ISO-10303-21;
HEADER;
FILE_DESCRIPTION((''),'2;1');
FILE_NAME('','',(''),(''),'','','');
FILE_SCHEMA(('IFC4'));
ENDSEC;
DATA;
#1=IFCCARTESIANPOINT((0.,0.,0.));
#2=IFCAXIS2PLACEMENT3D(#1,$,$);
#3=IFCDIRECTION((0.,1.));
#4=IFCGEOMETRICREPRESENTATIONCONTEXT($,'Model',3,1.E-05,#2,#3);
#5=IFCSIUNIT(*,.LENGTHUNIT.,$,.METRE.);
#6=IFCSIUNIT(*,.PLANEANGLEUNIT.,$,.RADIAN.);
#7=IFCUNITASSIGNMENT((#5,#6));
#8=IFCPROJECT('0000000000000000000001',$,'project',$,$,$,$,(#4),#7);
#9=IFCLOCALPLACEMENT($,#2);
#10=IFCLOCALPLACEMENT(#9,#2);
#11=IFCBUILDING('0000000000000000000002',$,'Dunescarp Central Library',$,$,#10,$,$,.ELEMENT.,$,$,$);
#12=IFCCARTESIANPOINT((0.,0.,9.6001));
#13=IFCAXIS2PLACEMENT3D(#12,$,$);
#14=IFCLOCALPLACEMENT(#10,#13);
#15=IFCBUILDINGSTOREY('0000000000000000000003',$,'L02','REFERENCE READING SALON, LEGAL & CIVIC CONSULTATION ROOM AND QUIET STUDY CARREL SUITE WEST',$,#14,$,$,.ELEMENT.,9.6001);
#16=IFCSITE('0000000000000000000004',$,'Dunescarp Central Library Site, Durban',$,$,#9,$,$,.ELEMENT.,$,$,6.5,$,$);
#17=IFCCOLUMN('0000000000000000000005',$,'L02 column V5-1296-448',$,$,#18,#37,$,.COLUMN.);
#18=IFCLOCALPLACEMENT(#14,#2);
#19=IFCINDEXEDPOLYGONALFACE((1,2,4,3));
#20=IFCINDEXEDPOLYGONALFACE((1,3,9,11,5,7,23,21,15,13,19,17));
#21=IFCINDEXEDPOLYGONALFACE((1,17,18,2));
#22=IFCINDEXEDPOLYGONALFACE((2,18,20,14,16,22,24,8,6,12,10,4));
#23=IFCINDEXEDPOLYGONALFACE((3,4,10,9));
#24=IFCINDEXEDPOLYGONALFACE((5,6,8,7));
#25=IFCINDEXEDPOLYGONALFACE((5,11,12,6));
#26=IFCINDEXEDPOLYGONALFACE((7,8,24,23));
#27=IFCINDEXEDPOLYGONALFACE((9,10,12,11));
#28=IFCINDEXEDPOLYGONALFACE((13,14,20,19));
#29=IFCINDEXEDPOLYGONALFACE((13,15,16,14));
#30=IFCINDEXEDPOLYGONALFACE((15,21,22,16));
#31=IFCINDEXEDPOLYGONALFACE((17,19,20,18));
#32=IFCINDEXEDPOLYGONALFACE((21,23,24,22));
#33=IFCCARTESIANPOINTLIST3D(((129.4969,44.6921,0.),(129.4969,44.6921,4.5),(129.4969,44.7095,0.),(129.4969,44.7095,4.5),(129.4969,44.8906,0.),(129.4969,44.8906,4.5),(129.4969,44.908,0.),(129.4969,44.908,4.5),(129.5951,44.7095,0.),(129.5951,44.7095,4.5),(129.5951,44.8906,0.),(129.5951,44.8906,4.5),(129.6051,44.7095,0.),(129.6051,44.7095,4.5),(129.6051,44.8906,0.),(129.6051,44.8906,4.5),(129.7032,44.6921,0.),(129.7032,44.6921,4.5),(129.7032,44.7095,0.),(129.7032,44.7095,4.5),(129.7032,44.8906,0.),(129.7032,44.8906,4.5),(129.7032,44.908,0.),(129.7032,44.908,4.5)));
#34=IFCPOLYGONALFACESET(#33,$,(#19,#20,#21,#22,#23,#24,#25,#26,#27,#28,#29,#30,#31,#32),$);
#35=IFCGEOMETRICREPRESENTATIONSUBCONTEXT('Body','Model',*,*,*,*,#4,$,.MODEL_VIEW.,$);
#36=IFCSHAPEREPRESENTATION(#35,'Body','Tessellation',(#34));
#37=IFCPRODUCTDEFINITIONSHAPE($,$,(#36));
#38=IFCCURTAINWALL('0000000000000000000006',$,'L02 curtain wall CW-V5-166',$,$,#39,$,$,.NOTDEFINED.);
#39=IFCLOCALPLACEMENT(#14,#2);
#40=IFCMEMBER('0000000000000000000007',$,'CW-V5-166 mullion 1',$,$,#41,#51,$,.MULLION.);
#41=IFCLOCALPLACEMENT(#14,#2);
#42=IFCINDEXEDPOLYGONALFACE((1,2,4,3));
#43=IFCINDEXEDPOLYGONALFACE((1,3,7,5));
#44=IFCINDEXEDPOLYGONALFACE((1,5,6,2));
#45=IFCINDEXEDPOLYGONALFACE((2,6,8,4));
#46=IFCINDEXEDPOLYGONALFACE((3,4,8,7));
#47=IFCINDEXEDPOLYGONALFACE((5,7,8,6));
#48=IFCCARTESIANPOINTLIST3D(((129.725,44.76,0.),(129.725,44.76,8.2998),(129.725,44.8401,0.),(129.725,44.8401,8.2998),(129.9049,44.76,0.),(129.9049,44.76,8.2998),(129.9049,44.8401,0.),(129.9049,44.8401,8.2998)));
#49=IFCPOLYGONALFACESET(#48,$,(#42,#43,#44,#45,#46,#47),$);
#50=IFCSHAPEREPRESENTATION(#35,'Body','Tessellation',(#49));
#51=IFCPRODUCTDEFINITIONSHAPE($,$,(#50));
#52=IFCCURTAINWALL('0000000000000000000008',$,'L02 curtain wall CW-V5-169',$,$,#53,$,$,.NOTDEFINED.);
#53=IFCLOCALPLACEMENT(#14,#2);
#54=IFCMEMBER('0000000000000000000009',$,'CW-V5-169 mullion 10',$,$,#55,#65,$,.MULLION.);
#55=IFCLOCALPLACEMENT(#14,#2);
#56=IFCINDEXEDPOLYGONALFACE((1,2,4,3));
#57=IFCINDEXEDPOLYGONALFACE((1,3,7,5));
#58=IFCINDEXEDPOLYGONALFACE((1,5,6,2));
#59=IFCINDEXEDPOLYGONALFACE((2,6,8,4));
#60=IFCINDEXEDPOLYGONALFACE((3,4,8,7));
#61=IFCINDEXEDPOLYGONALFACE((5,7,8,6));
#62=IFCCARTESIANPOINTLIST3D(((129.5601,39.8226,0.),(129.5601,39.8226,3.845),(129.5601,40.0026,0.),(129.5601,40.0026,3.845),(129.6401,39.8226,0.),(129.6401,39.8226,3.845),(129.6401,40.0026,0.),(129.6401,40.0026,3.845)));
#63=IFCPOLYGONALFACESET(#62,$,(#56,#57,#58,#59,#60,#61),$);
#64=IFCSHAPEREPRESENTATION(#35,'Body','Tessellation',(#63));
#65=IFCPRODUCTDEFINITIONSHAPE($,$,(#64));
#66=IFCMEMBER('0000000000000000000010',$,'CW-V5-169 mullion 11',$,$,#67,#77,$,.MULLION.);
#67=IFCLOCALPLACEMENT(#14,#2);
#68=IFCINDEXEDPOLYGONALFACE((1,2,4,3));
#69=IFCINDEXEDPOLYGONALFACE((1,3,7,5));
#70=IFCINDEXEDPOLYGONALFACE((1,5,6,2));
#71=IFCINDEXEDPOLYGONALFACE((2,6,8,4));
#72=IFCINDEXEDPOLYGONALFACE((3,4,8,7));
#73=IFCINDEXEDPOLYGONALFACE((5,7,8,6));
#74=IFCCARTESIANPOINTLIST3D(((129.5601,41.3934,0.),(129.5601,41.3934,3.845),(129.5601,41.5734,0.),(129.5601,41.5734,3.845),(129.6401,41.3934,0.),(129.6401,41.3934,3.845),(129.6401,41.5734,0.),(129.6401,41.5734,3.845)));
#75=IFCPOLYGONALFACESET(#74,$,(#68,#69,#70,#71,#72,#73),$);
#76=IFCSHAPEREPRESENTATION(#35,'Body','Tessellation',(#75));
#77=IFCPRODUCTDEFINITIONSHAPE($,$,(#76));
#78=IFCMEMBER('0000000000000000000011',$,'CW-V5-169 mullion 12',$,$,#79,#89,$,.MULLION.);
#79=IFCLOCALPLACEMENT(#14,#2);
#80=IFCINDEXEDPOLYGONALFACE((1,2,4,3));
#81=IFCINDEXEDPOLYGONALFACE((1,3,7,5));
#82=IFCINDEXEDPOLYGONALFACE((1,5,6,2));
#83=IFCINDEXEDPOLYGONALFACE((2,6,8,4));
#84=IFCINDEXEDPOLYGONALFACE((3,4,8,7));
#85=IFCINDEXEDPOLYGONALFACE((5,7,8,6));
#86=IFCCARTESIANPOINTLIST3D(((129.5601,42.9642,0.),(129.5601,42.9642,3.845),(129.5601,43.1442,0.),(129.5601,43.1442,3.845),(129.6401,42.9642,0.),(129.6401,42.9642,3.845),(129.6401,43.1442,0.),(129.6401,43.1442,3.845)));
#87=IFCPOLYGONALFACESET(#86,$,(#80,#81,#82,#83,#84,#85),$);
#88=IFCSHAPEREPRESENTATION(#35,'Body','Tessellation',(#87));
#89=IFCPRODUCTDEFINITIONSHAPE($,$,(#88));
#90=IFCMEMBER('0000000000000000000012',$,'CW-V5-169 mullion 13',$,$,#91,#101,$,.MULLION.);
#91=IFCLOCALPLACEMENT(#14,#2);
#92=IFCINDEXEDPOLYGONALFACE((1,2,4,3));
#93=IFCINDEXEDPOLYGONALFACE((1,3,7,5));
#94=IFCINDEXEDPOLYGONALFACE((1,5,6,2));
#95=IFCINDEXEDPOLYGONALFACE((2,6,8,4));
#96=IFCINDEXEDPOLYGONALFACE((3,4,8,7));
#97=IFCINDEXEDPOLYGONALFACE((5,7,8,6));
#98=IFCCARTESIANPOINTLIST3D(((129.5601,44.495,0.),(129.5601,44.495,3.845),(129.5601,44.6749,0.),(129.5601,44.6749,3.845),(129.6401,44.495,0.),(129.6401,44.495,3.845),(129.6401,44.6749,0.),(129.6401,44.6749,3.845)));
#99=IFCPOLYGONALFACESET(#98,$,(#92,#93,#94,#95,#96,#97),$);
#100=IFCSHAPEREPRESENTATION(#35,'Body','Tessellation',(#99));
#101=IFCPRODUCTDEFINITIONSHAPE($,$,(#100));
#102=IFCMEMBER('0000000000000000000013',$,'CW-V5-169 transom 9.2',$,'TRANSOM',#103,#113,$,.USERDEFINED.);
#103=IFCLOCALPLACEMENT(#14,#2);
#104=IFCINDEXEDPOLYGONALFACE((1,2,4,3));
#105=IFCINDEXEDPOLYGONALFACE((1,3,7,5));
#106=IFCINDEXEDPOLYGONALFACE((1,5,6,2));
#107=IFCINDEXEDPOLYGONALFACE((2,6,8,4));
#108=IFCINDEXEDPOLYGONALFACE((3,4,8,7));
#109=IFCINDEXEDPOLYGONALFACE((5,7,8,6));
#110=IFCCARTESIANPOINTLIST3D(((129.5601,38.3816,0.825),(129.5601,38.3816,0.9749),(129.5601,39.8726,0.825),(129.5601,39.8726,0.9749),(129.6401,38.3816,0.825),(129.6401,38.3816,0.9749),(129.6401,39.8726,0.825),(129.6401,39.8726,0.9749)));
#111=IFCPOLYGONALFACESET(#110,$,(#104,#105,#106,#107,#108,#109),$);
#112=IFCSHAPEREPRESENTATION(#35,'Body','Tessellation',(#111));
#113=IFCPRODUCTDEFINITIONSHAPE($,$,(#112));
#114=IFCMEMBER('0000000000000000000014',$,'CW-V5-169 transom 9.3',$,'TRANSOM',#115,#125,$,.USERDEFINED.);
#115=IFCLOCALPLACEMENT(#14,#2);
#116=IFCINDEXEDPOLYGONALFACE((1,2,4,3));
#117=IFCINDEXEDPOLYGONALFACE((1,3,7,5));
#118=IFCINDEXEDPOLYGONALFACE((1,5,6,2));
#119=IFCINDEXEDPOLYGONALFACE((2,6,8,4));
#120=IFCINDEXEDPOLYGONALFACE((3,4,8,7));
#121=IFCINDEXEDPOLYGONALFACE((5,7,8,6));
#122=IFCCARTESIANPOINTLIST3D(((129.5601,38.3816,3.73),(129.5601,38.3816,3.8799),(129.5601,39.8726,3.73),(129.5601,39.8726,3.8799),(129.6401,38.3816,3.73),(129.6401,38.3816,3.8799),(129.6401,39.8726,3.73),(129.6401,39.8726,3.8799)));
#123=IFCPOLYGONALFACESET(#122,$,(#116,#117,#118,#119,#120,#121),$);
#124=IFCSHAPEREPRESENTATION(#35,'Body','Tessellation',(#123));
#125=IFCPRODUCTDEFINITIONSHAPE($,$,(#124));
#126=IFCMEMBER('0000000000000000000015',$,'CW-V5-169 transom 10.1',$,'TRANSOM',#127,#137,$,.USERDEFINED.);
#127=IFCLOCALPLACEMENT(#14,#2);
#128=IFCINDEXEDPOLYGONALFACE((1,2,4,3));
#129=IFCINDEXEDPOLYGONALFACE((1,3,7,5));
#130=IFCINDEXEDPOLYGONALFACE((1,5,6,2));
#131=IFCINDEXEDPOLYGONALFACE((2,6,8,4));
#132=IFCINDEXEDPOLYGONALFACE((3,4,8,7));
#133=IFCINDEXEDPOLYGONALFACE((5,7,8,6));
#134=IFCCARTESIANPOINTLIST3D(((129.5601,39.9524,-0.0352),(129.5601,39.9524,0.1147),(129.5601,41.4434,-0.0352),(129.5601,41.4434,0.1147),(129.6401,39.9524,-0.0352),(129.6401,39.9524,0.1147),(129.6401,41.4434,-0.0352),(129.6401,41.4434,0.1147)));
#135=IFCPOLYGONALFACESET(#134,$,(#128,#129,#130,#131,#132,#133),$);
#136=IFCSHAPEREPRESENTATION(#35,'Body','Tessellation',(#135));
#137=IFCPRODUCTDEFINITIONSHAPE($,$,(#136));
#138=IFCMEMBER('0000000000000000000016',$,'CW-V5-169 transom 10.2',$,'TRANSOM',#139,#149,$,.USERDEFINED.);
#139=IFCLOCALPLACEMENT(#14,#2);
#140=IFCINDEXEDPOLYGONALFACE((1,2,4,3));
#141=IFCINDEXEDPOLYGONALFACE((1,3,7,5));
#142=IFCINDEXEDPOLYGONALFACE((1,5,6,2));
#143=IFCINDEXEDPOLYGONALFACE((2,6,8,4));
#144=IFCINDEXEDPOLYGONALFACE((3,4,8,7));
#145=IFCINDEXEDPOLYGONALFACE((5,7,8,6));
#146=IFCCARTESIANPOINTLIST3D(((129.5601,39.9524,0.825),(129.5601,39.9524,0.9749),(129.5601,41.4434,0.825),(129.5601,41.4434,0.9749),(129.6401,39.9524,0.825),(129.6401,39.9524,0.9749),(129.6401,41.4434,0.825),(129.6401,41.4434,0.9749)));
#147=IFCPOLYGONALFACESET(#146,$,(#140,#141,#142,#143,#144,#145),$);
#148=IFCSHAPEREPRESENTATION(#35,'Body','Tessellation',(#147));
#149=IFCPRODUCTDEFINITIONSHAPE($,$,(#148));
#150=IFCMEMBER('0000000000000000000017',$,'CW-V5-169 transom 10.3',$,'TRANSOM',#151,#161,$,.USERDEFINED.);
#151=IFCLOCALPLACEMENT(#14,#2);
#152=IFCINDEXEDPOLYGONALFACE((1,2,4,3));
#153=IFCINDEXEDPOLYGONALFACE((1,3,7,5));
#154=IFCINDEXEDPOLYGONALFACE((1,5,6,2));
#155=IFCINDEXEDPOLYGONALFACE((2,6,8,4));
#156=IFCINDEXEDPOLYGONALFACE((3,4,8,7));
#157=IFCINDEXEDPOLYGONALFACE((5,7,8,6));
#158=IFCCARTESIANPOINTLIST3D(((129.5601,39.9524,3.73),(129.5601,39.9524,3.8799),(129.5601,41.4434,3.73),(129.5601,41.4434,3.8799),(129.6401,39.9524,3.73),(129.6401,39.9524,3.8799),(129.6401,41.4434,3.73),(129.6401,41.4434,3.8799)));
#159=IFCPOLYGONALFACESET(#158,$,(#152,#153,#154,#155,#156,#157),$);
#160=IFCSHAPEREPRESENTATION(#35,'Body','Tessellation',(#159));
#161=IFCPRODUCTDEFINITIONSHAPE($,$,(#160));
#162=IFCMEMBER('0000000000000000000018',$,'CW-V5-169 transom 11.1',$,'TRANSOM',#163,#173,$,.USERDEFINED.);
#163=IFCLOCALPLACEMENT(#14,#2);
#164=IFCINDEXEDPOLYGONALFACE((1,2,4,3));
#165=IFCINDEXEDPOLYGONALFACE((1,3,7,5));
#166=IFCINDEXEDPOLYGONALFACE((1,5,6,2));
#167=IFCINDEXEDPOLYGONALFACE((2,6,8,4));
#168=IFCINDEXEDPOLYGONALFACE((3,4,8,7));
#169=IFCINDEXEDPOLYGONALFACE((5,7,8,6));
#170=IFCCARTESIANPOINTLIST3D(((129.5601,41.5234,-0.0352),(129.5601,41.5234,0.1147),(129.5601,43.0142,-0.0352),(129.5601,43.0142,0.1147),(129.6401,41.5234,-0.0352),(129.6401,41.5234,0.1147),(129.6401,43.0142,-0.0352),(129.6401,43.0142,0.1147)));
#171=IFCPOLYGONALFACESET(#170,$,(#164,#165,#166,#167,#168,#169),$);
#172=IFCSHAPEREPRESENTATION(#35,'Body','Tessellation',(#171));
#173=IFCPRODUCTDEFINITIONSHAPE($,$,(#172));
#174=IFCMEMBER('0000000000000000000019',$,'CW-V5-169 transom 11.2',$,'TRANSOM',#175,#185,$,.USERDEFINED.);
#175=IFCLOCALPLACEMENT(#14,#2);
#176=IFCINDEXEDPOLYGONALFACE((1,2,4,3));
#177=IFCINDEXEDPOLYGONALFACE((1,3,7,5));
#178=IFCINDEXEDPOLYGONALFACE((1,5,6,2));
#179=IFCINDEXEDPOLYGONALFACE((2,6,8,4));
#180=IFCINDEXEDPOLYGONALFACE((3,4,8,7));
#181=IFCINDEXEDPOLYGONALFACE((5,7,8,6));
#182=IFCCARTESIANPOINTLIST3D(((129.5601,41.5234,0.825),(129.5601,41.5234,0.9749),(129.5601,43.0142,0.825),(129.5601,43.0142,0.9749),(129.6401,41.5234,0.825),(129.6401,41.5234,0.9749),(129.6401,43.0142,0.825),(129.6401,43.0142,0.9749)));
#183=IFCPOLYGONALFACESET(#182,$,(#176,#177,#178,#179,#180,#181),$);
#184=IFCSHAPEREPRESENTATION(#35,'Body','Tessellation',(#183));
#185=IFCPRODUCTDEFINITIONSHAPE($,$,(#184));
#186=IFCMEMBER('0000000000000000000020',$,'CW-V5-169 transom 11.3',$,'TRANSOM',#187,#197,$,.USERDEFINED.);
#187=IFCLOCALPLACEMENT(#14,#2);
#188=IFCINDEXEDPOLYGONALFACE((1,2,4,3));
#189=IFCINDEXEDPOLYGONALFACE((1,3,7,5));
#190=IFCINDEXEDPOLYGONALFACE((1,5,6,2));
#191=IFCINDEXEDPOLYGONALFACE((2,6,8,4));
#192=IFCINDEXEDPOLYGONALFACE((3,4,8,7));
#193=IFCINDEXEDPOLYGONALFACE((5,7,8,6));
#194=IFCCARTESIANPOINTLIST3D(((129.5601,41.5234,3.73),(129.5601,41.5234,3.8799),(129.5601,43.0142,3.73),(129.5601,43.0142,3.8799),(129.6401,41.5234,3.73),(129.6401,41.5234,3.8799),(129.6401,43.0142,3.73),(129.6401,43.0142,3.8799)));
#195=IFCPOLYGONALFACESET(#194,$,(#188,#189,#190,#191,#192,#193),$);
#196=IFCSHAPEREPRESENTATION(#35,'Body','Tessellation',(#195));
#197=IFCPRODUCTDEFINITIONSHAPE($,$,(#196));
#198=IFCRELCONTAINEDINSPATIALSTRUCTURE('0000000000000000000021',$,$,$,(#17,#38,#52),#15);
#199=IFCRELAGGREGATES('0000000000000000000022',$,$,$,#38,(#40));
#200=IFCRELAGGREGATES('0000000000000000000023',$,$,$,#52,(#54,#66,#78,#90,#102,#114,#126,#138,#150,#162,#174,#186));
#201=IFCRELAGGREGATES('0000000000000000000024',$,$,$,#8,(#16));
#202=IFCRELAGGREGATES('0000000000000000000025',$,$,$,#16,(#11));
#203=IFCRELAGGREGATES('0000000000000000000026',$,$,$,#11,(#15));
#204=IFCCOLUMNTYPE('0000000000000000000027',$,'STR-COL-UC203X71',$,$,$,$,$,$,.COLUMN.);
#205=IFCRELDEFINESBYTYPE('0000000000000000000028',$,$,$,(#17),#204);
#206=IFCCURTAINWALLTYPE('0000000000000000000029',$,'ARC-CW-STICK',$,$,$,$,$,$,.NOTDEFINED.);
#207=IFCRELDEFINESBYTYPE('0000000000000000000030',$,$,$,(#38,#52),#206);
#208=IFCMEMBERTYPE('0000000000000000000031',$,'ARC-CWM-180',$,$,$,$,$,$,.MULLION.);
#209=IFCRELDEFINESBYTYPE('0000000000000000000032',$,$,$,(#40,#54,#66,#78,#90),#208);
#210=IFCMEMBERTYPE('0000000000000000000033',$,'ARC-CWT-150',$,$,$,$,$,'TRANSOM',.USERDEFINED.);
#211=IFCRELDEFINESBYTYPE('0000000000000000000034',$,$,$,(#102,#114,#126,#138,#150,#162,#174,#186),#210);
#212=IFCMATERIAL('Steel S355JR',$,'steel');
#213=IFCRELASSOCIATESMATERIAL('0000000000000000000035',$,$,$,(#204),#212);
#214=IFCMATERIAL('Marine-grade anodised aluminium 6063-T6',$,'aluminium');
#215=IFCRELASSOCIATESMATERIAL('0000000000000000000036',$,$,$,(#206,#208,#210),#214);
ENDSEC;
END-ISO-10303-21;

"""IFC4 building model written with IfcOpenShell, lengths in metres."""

from ifc_helpers import new_model, si_unit, direction, frame, origin, origin_2d, place, context, subcontext, project, spatial, rectangle, i_section, extrude, material, material_profile, profile_set, type_object, element, aggregate, save


model = new_model("IFC4")

# Units and contexts
model_context = context("Model", 3, precision=1e-05, world=origin(), true_north=direction((0.0, 1.0)))
body_context = subcontext(model_context, "Body", "Model", "MODEL_VIEW")
ifc_project = project(units=[si_unit("LENGTHUNIT", "METRE"), si_unit("PLANEANGLEUNIT", "RADIAN")], contexts=[model_context])

# Site, building, storey
site_placement = place(None, origin())
site = spatial("IfcSite", under=ifc_project, at=site_placement, Name="Dunescarp Central Library Site, Durban", CompositionType="ELEMENT", RefElevation=6.5)
building_placement = place(site_placement, origin())
building = spatial("IfcBuilding", under=site, at=building_placement, Name="Dunescarp Central Library", CompositionType="ELEMENT")
storey_placement = place(building_placement, frame((0.0, 0.0, 9.6001)))
storey = spatial("IfcBuildingStorey", under=building, at=storey_placement, Name="L02", Description="REFERENCE READING SALON, LEGAL & CIVIC CONSULTATION ROOM AND QUIET STUDY CARREL SUITE WEST", CompositionType="ELEMENT", Elevation=9.6001)

# Column
ifc_material_1 = material(Name="Steel S355JR", Category="steel")
ifc_material_profile_1 = material_profile(ifc_material_1, i_section(OverallWidth=0.2063, OverallDepth=0.2158, WebThickness=0.01, FlangeThickness=0.0173, at=origin_2d()), Name="UC 203x203x71")
ifc_profile_set_1 = profile_set([ifc_material_profile_1], Name="Steel S355JR")
column_type = type_object("IfcColumnType", Name="STR-COL-UC203X71", PredefinedType="COLUMN", material=ifc_profile_set_1)
column_placement = place(storey_placement, frame((129.6001, 44.8, 0.0), z_axis=(0.0, 0.0, 1.0), x_axis=(1.0, 0.0, 0.0)))
element("IfcColumn", 1, at=column_placement, inside=storey, type_object=column_type, Name="L02 column V5-1296-448", PredefinedType="COLUMN", context=body_context, shape_type="SweptSolid", body=[
    extrude(i_section(OverallWidth=0.2063, OverallDepth=0.2158, WebThickness=0.01, FlangeThickness=0.0173, at=origin_2d()), origin(), (0.0, 0.0, 1.0), 4.5),
])

# Curtain wall, member
ifc_material_2 = material(Name="Marine-grade anodised aluminium 6063-T6", Category="aluminium")
curtain_wall_type = type_object("IfcCurtainWallType", Name="ARC-CW-STICK", PredefinedType="NOTDEFINED", material=ifc_material_2)
curtain_wall_1_placement = place(storey_placement, origin())
curtain_wall_1 = element("IfcCurtainWall", 2, at=curtain_wall_1_placement, inside=storey, type_object=curtain_wall_type, Name="L02 curtain wall CW-V5-166", PredefinedType="NOTDEFINED")
ifc_material_profile_2 = material_profile(ifc_material_2, rectangle(XDim=0.0801, YDim=0.1799, at=origin_2d()), Name="AL 80x180")
ifc_profile_set_2 = profile_set([ifc_material_profile_2], Name="Marine-grade anodised aluminium 6063-T6")
member_type_1 = type_object("IfcMemberType", Name="ARC-CWM-180", PredefinedType="MULLION", material=ifc_profile_set_2)
member_1_placement = place(storey_placement, frame((129.8149, 44.8, 0.0), z_axis=(0.0, 0.0, 1.0), x_axis=(0.0, 1.0, 0.0)))
member_1 = element("IfcMember", 3, at=member_1_placement, type_object=member_type_1, Name="CW-V5-166 mullion 1", PredefinedType="MULLION", context=body_context, shape_type="SweptSolid", body=[
    extrude(rectangle(XDim=0.0801, YDim=0.1799, at=origin_2d()), origin(), (0.0, 0.0, 1.0), 8.2998),
])
aggregate(curtain_wall_1, [member_1])

# Curtain wall, members
curtain_wall_2_placement = place(storey_placement, origin())
curtain_wall_2 = element("IfcCurtainWall", 4, at=curtain_wall_2_placement, inside=storey, type_object=curtain_wall_type, Name="L02 curtain wall CW-V5-169", PredefinedType="NOTDEFINED")
member_2_placement = place(storey_placement, frame((129.6001, 39.9126, 0.0), z_axis=(0.0, 0.0, 1.0), x_axis=(-1.0, 0.0, 0.0)))
member_2 = element("IfcMember", 5, at=member_2_placement, type_object=member_type_1, Name="CW-V5-169 mullion 10", PredefinedType="MULLION", context=body_context, shape_type="SweptSolid", body=[
    extrude(rectangle(XDim=0.0801, YDim=0.1799, at=origin_2d()), origin(), (0.0, 0.0, 1.0), 3.845),
])
member_3_placement = place(storey_placement, frame((129.6001, 41.4834, 0.0), z_axis=(0.0, 0.0, 1.0), x_axis=(-1.0, 0.0, 0.0)))
member_3 = element("IfcMember", 6, at=member_3_placement, type_object=member_type_1, Name="CW-V5-169 mullion 11", PredefinedType="MULLION", context=body_context, shape_type="SweptSolid", body=[
    extrude(rectangle(XDim=0.0801, YDim=0.1799, at=origin_2d()), origin(), (0.0, 0.0, 1.0), 3.845),
])
member_4_placement = place(storey_placement, frame((129.6001, 43.0542, 0.0), z_axis=(0.0, 0.0, 1.0), x_axis=(-1.0, 0.0, 0.0)))
member_4 = element("IfcMember", 7, at=member_4_placement, type_object=member_type_1, Name="CW-V5-169 mullion 12", PredefinedType="MULLION", context=body_context, shape_type="SweptSolid", body=[
    extrude(rectangle(XDim=0.0801, YDim=0.1799, at=origin_2d()), origin(), (0.0, 0.0, 1.0), 3.845),
])
member_5_placement = place(storey_placement, frame((129.6001, 44.585, 0.0), z_axis=(0.0, 0.0, 1.0), x_axis=(-1.0, 0.0, 0.0)))
member_5 = element("IfcMember", 8, at=member_5_placement, type_object=member_type_1, Name="CW-V5-169 mullion 13", PredefinedType="MULLION", context=body_context, shape_type="SweptSolid", body=[
    extrude(rectangle(XDim=0.0801, YDim=0.1799, at=origin_2d()), origin(), (0.0, 0.0, 1.0), 3.845),
])
ifc_material_profile_3 = material_profile(ifc_material_2, rectangle(XDim=0.0801, YDim=0.1499, at=origin_2d()), Name="AL 80x150")
ifc_profile_set_3 = profile_set([ifc_material_profile_3], Name="Marine-grade anodised aluminium 6063-T6")
member_type_2 = type_object("IfcMemberType", Name="ARC-CWT-150", ElementType="TRANSOM", PredefinedType="USERDEFINED", material=ifc_profile_set_3)
member_6_placement = place(storey_placement, frame((129.6001, 38.3816, 0.8999), z_axis=(0.0, 1.0, 0.0), x_axis=(-1.0, 0.0, 0.0)))
member_6 = element("IfcMember", 9, at=member_6_placement, type_object=member_type_2, Name="CW-V5-169 transom 9.2", ObjectType="TRANSOM", PredefinedType="USERDEFINED", context=body_context, shape_type="SweptSolid", body=[
    extrude(rectangle(XDim=0.0801, YDim=0.1499, at=origin_2d()), origin(), (0.0, 0.0, 1.0), 1.491),
])
member_7_placement = place(storey_placement, frame((129.6001, 38.3816, 3.8049), z_axis=(0.0, 1.0, 0.0), x_axis=(-1.0, 0.0, 0.0)))
member_7 = element("IfcMember", 10, at=member_7_placement, type_object=member_type_2, Name="CW-V5-169 transom 9.3", ObjectType="TRANSOM", PredefinedType="USERDEFINED", context=body_context, shape_type="SweptSolid", body=[
    extrude(rectangle(XDim=0.0801, YDim=0.1499, at=origin_2d()), origin(), (0.0, 0.0, 1.0), 1.491),
])
member_8_placement = place(storey_placement, frame((129.6001, 39.9524, 0.0398), z_axis=(0.0, 1.0, 0.0), x_axis=(-1.0, 0.0, 0.0)))
member_8 = element("IfcMember", 11, at=member_8_placement, type_object=member_type_2, Name="CW-V5-169 transom 10.1", ObjectType="TRANSOM", PredefinedType="USERDEFINED", context=body_context, shape_type="SweptSolid", body=[
    extrude(rectangle(XDim=0.0801, YDim=0.1499, at=origin_2d()), origin(), (0.0, 0.0, 1.0), 1.491),
])
member_9_placement = place(storey_placement, frame((129.6001, 39.9524, 0.8999), z_axis=(0.0, 1.0, 0.0), x_axis=(-1.0, 0.0, 0.0)))
member_9 = element("IfcMember", 12, at=member_9_placement, type_object=member_type_2, Name="CW-V5-169 transom 10.2", ObjectType="TRANSOM", PredefinedType="USERDEFINED", context=body_context, shape_type="SweptSolid", body=[
    extrude(rectangle(XDim=0.0801, YDim=0.1499, at=origin_2d()), origin(), (0.0, 0.0, 1.0), 1.491),
])
member_10_placement = place(storey_placement, frame((129.6001, 39.9524, 3.8049), z_axis=(0.0, 1.0, 0.0), x_axis=(-1.0, 0.0, 0.0)))
member_10 = element("IfcMember", 13, at=member_10_placement, type_object=member_type_2, Name="CW-V5-169 transom 10.3", ObjectType="TRANSOM", PredefinedType="USERDEFINED", context=body_context, shape_type="SweptSolid", body=[
    extrude(rectangle(XDim=0.0801, YDim=0.1499, at=origin_2d()), origin(), (0.0, 0.0, 1.0), 1.491),
])
member_11_placement = place(storey_placement, frame((129.6001, 41.5234, 0.0398), z_axis=(0.0, 1.0, 0.0), x_axis=(-1.0, 0.0, 0.0)))
member_11 = element("IfcMember", 14, at=member_11_placement, type_object=member_type_2, Name="CW-V5-169 transom 11.1", ObjectType="TRANSOM", PredefinedType="USERDEFINED", context=body_context, shape_type="SweptSolid", body=[
    extrude(rectangle(XDim=0.0801, YDim=0.1499, at=origin_2d()), origin(), (0.0, 0.0, 1.0), 1.4907),
])
member_12_placement = place(storey_placement, frame((129.6001, 41.5234, 0.8999), z_axis=(0.0, 1.0, 0.0), x_axis=(-1.0, 0.0, 0.0)))
member_12 = element("IfcMember", 15, at=member_12_placement, type_object=member_type_2, Name="CW-V5-169 transom 11.2", ObjectType="TRANSOM", PredefinedType="USERDEFINED", context=body_context, shape_type="SweptSolid", body=[
    extrude(rectangle(XDim=0.0801, YDim=0.1499, at=origin_2d()), origin(), (0.0, 0.0, 1.0), 1.4907),
])
member_13_placement = place(storey_placement, frame((129.6001, 41.5234, 3.8049), z_axis=(0.0, 1.0, 0.0), x_axis=(-1.0, 0.0, 0.0)))
member_13 = element("IfcMember", 16, at=member_13_placement, type_object=member_type_2, Name="CW-V5-169 transom 11.3", ObjectType="TRANSOM", PredefinedType="USERDEFINED", context=body_context, shape_type="SweptSolid", body=[
    extrude(rectangle(XDim=0.0801, YDim=0.1499, at=origin_2d()), origin(), (0.0, 0.0, 1.0), 1.4907),
])

aggregate(curtain_wall_2, [member_2, member_3, member_4, member_5, member_6, member_7, member_8, member_9, member_10, member_11, member_12, member_13])

save(model, "model.ifc")
